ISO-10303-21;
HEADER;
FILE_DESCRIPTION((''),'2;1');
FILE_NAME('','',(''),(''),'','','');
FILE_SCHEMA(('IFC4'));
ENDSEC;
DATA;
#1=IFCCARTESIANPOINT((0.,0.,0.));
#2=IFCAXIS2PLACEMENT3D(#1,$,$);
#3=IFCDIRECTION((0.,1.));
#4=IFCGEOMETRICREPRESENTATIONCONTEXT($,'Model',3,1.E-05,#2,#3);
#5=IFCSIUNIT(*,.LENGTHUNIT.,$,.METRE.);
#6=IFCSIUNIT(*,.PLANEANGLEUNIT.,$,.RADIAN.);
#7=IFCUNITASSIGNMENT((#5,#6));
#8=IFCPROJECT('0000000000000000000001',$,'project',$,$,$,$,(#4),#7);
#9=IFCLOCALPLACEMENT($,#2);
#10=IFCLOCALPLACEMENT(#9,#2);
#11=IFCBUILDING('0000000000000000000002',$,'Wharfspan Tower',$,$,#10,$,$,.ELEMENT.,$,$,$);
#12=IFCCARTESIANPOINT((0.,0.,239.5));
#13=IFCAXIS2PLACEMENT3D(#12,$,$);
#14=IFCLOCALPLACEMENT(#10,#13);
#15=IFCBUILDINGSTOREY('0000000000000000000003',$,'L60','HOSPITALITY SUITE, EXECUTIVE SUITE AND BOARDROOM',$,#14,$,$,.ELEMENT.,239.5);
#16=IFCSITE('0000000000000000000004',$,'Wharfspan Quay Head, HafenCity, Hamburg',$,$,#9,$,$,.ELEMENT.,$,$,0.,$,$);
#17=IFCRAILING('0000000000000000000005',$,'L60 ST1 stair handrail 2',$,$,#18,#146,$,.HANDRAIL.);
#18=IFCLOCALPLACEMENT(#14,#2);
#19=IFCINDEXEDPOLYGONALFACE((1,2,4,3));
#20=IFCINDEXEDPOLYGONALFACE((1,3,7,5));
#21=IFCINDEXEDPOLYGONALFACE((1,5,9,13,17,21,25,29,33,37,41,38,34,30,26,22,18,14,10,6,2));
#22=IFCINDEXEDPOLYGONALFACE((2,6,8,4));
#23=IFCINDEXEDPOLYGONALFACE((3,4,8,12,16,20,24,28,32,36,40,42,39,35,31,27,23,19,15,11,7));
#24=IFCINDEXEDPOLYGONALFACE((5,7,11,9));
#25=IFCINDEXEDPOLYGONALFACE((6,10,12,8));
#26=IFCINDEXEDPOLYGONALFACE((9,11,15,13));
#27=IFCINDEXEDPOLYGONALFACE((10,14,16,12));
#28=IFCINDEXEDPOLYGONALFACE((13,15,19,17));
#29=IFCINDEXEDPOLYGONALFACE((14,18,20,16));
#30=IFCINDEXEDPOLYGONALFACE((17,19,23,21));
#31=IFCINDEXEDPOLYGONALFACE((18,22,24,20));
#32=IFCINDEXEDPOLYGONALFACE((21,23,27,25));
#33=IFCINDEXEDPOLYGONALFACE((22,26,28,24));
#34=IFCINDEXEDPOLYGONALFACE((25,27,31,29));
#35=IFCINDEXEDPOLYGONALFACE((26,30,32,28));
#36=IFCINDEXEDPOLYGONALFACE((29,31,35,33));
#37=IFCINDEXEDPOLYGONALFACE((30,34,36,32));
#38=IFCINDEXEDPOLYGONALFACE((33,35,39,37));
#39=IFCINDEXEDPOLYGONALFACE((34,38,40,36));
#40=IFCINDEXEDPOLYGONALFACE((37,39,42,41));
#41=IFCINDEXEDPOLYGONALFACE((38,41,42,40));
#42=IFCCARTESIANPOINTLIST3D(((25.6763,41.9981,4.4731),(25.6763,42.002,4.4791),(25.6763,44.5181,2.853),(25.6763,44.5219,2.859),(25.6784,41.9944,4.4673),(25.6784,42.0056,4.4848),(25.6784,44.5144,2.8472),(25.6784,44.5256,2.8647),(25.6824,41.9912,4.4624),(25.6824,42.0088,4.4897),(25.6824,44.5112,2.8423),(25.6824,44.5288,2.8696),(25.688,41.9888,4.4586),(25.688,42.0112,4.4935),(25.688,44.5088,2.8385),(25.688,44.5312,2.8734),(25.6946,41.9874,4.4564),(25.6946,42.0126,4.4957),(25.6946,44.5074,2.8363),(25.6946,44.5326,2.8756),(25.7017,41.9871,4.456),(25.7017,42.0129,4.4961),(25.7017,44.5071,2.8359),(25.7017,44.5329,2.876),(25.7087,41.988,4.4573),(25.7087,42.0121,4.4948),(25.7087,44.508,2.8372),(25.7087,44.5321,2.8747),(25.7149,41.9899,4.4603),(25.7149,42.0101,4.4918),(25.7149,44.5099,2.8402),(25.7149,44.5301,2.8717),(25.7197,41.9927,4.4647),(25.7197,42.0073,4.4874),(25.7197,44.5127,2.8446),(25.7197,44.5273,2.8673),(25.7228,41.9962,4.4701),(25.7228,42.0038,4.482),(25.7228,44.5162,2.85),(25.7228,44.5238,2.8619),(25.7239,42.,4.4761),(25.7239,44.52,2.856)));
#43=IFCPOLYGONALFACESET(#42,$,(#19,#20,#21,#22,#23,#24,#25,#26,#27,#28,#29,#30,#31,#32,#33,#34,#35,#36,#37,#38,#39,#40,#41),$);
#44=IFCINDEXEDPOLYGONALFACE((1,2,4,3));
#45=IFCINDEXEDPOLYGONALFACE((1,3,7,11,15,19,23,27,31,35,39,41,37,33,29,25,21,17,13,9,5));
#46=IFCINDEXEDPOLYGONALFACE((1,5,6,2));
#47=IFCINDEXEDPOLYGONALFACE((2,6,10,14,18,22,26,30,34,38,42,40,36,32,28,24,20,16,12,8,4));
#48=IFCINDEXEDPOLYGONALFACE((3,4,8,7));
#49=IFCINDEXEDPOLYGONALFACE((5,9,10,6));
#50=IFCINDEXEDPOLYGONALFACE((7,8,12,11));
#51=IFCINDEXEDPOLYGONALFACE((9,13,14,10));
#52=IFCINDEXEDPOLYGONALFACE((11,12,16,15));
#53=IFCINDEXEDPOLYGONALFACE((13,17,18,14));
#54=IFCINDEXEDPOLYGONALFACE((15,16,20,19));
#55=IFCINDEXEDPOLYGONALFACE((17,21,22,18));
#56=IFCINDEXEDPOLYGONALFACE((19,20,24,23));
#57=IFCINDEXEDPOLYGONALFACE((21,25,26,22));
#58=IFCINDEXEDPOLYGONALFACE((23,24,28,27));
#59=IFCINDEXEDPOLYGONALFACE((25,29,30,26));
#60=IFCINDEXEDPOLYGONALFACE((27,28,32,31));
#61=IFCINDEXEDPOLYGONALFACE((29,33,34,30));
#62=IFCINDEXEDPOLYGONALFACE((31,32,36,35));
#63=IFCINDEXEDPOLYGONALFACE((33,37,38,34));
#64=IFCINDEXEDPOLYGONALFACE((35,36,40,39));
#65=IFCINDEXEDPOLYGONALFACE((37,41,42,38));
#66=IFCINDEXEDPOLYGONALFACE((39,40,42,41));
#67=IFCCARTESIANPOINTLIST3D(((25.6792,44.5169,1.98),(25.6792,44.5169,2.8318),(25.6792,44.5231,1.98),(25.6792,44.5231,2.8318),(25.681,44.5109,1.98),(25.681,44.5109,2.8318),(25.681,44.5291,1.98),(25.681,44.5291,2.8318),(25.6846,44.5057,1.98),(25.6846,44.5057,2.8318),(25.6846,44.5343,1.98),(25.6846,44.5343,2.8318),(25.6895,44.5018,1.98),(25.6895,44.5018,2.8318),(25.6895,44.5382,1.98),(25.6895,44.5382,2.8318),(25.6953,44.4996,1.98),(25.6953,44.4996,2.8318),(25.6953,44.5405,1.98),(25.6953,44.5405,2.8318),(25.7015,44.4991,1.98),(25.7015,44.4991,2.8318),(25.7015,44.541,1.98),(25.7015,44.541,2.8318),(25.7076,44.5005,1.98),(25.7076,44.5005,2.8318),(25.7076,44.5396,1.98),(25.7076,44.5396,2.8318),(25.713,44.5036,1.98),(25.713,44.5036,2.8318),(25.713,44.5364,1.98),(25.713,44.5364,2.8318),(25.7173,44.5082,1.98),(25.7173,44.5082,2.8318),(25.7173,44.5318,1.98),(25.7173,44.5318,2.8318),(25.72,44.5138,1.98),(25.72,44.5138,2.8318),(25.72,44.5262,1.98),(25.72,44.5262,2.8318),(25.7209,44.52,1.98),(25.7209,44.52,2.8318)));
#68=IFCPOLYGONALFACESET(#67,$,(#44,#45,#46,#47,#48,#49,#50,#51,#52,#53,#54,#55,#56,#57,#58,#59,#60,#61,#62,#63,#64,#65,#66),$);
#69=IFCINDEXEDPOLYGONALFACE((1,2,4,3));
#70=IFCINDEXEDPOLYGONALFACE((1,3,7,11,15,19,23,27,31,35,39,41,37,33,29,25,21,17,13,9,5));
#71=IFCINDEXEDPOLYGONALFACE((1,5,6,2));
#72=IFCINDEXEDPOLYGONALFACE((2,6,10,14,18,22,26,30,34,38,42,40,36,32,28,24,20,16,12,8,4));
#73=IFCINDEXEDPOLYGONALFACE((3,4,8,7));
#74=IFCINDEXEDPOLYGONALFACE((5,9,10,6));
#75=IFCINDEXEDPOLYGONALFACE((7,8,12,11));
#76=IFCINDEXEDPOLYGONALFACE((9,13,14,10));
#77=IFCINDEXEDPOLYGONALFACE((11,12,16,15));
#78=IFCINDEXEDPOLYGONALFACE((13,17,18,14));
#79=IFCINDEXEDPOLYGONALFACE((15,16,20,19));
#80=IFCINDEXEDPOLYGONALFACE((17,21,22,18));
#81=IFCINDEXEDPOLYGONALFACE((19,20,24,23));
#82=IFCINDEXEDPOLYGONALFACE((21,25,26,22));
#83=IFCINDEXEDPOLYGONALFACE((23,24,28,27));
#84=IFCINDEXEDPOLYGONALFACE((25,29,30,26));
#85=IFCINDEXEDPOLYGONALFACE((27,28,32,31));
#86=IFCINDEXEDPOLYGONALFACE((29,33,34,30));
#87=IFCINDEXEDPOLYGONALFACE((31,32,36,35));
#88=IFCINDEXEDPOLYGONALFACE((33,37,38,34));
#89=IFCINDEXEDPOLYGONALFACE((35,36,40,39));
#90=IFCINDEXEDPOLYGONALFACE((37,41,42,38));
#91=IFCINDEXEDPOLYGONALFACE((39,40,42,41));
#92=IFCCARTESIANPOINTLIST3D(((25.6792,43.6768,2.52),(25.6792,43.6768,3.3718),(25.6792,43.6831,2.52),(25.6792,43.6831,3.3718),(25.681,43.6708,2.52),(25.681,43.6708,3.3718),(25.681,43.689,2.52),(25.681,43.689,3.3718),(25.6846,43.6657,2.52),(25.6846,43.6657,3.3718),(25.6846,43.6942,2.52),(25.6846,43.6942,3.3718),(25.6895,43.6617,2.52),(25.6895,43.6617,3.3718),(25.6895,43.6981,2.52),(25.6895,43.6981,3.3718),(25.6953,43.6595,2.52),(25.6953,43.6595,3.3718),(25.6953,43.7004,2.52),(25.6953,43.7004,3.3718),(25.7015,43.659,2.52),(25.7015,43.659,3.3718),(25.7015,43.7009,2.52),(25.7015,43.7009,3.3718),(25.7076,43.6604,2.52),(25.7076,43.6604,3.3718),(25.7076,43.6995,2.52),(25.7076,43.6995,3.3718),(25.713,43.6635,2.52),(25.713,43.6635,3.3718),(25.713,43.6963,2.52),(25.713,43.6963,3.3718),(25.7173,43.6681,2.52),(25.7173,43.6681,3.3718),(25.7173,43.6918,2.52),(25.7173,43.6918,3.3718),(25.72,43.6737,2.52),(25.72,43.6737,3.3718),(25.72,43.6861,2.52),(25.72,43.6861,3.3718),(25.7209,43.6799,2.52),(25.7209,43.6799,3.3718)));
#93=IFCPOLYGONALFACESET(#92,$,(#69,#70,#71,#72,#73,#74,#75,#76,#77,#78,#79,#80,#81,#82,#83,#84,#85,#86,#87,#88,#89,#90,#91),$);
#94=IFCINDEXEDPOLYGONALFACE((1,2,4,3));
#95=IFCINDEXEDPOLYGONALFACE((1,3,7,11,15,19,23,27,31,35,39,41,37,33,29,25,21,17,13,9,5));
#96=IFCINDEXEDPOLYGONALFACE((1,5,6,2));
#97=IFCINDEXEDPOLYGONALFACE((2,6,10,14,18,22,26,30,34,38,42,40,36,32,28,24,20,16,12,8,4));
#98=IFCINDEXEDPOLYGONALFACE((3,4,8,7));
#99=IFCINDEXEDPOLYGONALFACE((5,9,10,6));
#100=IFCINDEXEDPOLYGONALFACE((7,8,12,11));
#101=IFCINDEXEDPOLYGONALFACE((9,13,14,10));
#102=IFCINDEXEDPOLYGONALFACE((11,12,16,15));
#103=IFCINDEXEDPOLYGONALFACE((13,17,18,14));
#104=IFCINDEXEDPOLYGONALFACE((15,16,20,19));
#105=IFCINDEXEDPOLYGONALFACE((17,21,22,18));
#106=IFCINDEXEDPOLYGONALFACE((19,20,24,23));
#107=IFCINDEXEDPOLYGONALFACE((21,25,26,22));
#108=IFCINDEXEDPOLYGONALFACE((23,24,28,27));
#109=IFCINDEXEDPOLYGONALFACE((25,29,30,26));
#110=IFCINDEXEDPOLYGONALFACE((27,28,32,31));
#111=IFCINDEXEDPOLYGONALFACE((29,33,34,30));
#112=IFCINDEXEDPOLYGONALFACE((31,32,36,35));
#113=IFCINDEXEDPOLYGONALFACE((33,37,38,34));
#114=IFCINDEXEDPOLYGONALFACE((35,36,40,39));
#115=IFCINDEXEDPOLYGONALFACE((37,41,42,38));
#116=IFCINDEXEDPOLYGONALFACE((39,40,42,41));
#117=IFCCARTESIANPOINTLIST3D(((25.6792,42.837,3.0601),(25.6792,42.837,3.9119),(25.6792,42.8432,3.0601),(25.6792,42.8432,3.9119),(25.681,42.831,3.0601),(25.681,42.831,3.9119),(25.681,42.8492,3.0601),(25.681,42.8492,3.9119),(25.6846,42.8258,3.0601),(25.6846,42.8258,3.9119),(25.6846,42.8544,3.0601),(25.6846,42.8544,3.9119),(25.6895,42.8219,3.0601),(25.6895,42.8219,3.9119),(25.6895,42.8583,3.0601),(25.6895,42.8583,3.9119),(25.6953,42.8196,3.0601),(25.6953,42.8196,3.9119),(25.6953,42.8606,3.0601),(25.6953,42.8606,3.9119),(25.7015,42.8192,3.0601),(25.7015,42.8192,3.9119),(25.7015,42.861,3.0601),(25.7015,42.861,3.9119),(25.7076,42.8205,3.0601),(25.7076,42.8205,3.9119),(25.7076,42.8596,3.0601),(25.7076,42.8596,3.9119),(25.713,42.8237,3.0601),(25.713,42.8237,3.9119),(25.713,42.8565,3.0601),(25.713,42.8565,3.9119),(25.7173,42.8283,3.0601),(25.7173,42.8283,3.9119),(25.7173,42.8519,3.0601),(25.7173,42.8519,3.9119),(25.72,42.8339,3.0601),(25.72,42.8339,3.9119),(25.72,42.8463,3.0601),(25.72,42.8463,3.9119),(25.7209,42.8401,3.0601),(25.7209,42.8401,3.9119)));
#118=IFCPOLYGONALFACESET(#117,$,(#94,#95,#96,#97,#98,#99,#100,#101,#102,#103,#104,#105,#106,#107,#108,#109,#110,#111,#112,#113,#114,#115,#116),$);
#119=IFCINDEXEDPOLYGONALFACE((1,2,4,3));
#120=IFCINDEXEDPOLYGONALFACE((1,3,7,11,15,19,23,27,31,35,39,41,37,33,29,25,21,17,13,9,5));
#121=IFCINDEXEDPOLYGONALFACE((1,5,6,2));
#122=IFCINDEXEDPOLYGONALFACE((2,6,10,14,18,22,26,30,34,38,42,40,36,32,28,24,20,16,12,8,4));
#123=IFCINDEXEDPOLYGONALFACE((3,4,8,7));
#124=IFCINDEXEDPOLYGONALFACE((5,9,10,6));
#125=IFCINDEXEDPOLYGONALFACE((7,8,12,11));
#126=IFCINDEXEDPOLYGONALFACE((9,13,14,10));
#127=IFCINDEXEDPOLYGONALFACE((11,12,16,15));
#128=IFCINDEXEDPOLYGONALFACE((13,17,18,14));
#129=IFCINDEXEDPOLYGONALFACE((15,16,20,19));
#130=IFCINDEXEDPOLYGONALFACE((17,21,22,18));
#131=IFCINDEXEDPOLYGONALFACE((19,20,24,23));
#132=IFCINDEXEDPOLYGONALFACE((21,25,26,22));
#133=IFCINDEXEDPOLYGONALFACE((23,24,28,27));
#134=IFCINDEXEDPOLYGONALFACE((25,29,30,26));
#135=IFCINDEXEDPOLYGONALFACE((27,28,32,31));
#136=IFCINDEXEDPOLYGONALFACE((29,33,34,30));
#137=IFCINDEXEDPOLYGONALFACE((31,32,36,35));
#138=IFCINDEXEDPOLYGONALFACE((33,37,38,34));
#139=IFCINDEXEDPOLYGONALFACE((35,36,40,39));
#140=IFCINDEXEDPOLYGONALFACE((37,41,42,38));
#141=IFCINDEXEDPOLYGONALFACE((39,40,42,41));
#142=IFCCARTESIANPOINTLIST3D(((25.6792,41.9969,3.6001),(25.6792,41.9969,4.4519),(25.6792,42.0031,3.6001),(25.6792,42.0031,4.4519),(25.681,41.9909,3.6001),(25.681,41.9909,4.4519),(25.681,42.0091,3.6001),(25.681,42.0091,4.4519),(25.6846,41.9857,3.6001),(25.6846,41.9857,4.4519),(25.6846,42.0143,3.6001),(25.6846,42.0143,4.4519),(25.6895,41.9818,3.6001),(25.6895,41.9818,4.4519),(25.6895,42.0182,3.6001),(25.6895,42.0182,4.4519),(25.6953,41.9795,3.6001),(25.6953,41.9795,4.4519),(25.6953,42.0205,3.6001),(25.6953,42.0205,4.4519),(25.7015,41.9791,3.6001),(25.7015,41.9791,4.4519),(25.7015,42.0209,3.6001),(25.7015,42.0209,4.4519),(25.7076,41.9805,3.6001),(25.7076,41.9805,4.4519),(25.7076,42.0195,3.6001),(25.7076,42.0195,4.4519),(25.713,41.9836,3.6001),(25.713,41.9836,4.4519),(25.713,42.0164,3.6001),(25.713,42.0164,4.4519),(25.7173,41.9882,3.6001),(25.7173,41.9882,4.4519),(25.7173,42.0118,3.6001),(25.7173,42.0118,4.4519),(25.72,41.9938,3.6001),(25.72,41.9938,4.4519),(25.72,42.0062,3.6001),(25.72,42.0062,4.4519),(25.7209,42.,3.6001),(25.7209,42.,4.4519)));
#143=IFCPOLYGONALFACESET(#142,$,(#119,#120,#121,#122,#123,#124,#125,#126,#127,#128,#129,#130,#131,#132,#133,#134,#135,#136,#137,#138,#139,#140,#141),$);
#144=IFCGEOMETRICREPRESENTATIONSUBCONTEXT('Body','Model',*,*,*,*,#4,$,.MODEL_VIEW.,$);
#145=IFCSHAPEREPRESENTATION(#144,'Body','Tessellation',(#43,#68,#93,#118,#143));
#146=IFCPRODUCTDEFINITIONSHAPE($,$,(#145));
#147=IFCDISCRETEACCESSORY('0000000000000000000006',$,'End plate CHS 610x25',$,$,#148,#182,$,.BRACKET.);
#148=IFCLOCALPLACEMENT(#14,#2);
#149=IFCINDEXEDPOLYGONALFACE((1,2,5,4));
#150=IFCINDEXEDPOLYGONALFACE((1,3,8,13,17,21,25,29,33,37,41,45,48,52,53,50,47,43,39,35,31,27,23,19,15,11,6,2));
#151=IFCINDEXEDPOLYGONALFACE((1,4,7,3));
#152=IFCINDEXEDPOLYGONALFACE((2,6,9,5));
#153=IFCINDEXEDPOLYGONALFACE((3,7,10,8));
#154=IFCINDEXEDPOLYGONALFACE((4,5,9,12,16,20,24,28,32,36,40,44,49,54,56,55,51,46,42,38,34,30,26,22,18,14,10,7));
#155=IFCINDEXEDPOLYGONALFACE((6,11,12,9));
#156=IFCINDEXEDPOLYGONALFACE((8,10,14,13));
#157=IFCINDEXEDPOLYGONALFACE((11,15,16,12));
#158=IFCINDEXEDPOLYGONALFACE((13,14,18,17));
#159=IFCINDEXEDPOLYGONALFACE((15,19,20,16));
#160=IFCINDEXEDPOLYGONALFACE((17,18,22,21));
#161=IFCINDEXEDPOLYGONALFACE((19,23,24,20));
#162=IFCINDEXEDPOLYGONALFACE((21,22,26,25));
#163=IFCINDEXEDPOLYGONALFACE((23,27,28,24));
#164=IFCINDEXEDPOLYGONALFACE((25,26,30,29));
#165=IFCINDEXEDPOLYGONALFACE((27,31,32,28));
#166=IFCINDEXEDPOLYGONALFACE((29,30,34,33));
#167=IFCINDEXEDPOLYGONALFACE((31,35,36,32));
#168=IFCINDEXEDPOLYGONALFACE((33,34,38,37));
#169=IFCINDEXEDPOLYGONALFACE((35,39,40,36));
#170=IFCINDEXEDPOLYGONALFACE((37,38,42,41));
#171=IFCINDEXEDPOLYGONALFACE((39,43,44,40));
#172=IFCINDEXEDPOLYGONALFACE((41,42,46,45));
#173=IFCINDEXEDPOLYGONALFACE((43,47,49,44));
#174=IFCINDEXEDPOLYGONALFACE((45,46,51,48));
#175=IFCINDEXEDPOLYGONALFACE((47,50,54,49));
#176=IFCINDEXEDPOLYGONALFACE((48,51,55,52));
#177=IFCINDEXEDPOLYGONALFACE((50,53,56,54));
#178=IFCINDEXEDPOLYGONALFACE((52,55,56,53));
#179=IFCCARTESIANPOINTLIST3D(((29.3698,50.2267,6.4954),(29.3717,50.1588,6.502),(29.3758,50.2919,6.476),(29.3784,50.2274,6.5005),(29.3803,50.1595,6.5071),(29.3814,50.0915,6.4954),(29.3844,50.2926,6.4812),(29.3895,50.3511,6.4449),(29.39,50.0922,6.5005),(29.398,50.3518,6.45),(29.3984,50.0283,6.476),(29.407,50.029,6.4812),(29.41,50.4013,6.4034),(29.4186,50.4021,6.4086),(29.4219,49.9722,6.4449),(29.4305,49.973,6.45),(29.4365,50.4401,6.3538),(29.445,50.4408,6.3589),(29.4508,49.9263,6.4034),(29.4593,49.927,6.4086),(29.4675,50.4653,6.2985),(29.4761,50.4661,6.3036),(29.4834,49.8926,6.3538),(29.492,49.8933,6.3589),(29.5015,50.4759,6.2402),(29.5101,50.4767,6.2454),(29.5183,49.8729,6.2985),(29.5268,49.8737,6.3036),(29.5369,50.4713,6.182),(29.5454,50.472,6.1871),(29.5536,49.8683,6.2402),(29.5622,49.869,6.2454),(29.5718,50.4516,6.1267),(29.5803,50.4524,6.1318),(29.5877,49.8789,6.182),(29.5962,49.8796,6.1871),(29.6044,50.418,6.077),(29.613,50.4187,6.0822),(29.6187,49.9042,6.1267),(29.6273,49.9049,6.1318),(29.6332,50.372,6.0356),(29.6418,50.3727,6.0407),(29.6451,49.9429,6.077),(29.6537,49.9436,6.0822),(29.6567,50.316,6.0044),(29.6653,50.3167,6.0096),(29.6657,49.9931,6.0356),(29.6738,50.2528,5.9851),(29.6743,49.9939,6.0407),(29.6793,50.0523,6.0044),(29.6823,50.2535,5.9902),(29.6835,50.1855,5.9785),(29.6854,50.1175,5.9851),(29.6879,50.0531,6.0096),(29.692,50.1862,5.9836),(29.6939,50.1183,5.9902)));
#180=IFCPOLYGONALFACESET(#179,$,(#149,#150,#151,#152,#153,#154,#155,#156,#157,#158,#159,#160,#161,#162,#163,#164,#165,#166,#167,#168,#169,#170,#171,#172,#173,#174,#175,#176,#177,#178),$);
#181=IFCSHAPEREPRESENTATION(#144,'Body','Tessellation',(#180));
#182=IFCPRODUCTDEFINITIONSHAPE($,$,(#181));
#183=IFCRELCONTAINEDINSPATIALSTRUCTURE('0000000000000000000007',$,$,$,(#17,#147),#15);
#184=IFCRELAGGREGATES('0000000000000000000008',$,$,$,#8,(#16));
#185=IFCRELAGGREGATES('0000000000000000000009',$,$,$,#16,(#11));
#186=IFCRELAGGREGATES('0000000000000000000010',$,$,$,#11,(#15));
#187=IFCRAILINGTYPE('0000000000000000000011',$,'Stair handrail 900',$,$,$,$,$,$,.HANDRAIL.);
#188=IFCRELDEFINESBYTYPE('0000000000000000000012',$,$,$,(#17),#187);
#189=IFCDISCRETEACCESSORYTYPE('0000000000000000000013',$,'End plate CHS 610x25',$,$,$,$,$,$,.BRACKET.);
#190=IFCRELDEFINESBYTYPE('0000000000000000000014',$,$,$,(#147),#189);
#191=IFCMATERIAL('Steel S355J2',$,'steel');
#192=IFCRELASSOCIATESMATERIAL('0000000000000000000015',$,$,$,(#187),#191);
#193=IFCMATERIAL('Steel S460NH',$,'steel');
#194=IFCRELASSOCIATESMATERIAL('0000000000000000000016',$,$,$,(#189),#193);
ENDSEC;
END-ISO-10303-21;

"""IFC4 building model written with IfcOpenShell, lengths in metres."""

from ifc_helpers import new_model, si_unit, direction, frame, origin, origin_2d, place, context, subcontext, project, spatial, circle, extrude, material, material_profile, profile_set, type_object, element, save


model = new_model("IFC4")

# Units and contexts
model_context = context("Model", 3, precision=1e-05, world=origin(), true_north=direction((0.0, 1.0)))
body_context = subcontext(model_context, "Body", "Model", "MODEL_VIEW")
ifc_project = project(units=[si_unit("LENGTHUNIT", "METRE"), si_unit("PLANEANGLEUNIT", "RADIAN")], contexts=[model_context])

# Site, building, storey
site_placement = place(None, origin())
site = spatial("IfcSite", under=ifc_project, at=site_placement, Name="Wharfspan Quay Head, HafenCity, Hamburg", CompositionType="ELEMENT", RefElevation=0.0)
building_placement = place(site_placement, origin())
building = spatial("IfcBuilding", under=site, at=building_placement, Name="Wharfspan Tower", CompositionType="ELEMENT")
storey_placement = place(building_placement, frame((0.0, 0.0, 239.5)))
storey = spatial("IfcBuildingStorey", under=building, at=storey_placement, Name="L60", Description="HOSPITALITY SUITE, EXECUTIVE SUITE AND BOARDROOM", CompositionType="ELEMENT", Elevation=239.5)

# Shared definitions
ifc_material_1 = material(Name="Steel S355J2", Category="steel")

# Shared definitions
ifc_material_2 = material(Name="Steel S460NH", Category="steel")

# Railing
railing_type = type_object("IfcRailingType", Name="Stair handrail 900", PredefinedType="HANDRAIL", material=ifc_material_1)
railing_1_placement = place(storey_placement, frame((25.7, 44.52, 1.98)))
element("IfcRailing", 1, at=railing_1_placement, inside=storey, type_object=railing_type, Name="L60 ST1 stair handrail 2", PredefinedType="HANDRAIL", context=body_context, shape_type="SweptSolid", body=[
    extrude(circle(Radius=0.0239, at=origin_2d()), frame((0.0, 0.0, 0.876), z_axis=(0.0, -0.841163, 0.540782), x_axis=(1.0, 0.0, 0.0)), (0.0, 0.0, 1.0), 2.9958),
    extrude(circle(Radius=0.021, at=origin_2d()), origin(), (0.0, 0.0, 1.0), 0.8518),
    extrude(circle(Radius=0.021, at=origin_2d()), frame((0.0, -0.8401, 0.54)), (0.0, 0.0, 1.0), 0.8518),
    extrude(circle(Radius=0.021, at=origin_2d()), frame((0.0, -1.6799, 1.0801)), (0.0, 0.0, 1.0), 0.8518),
    extrude(circle(Radius=0.021, at=origin_2d()), frame((0.0, -2.52, 1.6201)), (0.0, 0.0, 1.0), 0.8518),
])

# Discrete accessory
ifc_material_profile_1 = material_profile(ifc_material_2, circle(Radius=0.3049, at=origin_2d()))
ifc_profile_set_1 = profile_set([ifc_material_profile_1], Name="Steel S460NH")
discrete_accessory_type = type_object("IfcDiscreteAccessoryType", Name="End plate CHS 610x25", PredefinedType="BRACKET", material=ifc_profile_set_1)
for number, where, z_axis, x_axis, name in (
    (2, (29.5276, 50.1721, 6.2402), (0.855186, 0.073302, 0.513112), (-0.085402, 0.996345, 0.000001), "End plate CHS 610x25"),
):
    element("IfcDiscreteAccessory", number, at=place(storey_placement, frame(where, z_axis=z_axis, x_axis=x_axis)), inside=storey, type_object=discrete_accessory_type, Name=name, PredefinedType="BRACKET", context=body_context, shape_type="SweptSolid", body=[
        extrude(circle(Radius=0.3049, at=origin_2d()), origin(), (0.0, 0.0, 1.0), 0.01),
    ])

save(model, "model.ifc")
